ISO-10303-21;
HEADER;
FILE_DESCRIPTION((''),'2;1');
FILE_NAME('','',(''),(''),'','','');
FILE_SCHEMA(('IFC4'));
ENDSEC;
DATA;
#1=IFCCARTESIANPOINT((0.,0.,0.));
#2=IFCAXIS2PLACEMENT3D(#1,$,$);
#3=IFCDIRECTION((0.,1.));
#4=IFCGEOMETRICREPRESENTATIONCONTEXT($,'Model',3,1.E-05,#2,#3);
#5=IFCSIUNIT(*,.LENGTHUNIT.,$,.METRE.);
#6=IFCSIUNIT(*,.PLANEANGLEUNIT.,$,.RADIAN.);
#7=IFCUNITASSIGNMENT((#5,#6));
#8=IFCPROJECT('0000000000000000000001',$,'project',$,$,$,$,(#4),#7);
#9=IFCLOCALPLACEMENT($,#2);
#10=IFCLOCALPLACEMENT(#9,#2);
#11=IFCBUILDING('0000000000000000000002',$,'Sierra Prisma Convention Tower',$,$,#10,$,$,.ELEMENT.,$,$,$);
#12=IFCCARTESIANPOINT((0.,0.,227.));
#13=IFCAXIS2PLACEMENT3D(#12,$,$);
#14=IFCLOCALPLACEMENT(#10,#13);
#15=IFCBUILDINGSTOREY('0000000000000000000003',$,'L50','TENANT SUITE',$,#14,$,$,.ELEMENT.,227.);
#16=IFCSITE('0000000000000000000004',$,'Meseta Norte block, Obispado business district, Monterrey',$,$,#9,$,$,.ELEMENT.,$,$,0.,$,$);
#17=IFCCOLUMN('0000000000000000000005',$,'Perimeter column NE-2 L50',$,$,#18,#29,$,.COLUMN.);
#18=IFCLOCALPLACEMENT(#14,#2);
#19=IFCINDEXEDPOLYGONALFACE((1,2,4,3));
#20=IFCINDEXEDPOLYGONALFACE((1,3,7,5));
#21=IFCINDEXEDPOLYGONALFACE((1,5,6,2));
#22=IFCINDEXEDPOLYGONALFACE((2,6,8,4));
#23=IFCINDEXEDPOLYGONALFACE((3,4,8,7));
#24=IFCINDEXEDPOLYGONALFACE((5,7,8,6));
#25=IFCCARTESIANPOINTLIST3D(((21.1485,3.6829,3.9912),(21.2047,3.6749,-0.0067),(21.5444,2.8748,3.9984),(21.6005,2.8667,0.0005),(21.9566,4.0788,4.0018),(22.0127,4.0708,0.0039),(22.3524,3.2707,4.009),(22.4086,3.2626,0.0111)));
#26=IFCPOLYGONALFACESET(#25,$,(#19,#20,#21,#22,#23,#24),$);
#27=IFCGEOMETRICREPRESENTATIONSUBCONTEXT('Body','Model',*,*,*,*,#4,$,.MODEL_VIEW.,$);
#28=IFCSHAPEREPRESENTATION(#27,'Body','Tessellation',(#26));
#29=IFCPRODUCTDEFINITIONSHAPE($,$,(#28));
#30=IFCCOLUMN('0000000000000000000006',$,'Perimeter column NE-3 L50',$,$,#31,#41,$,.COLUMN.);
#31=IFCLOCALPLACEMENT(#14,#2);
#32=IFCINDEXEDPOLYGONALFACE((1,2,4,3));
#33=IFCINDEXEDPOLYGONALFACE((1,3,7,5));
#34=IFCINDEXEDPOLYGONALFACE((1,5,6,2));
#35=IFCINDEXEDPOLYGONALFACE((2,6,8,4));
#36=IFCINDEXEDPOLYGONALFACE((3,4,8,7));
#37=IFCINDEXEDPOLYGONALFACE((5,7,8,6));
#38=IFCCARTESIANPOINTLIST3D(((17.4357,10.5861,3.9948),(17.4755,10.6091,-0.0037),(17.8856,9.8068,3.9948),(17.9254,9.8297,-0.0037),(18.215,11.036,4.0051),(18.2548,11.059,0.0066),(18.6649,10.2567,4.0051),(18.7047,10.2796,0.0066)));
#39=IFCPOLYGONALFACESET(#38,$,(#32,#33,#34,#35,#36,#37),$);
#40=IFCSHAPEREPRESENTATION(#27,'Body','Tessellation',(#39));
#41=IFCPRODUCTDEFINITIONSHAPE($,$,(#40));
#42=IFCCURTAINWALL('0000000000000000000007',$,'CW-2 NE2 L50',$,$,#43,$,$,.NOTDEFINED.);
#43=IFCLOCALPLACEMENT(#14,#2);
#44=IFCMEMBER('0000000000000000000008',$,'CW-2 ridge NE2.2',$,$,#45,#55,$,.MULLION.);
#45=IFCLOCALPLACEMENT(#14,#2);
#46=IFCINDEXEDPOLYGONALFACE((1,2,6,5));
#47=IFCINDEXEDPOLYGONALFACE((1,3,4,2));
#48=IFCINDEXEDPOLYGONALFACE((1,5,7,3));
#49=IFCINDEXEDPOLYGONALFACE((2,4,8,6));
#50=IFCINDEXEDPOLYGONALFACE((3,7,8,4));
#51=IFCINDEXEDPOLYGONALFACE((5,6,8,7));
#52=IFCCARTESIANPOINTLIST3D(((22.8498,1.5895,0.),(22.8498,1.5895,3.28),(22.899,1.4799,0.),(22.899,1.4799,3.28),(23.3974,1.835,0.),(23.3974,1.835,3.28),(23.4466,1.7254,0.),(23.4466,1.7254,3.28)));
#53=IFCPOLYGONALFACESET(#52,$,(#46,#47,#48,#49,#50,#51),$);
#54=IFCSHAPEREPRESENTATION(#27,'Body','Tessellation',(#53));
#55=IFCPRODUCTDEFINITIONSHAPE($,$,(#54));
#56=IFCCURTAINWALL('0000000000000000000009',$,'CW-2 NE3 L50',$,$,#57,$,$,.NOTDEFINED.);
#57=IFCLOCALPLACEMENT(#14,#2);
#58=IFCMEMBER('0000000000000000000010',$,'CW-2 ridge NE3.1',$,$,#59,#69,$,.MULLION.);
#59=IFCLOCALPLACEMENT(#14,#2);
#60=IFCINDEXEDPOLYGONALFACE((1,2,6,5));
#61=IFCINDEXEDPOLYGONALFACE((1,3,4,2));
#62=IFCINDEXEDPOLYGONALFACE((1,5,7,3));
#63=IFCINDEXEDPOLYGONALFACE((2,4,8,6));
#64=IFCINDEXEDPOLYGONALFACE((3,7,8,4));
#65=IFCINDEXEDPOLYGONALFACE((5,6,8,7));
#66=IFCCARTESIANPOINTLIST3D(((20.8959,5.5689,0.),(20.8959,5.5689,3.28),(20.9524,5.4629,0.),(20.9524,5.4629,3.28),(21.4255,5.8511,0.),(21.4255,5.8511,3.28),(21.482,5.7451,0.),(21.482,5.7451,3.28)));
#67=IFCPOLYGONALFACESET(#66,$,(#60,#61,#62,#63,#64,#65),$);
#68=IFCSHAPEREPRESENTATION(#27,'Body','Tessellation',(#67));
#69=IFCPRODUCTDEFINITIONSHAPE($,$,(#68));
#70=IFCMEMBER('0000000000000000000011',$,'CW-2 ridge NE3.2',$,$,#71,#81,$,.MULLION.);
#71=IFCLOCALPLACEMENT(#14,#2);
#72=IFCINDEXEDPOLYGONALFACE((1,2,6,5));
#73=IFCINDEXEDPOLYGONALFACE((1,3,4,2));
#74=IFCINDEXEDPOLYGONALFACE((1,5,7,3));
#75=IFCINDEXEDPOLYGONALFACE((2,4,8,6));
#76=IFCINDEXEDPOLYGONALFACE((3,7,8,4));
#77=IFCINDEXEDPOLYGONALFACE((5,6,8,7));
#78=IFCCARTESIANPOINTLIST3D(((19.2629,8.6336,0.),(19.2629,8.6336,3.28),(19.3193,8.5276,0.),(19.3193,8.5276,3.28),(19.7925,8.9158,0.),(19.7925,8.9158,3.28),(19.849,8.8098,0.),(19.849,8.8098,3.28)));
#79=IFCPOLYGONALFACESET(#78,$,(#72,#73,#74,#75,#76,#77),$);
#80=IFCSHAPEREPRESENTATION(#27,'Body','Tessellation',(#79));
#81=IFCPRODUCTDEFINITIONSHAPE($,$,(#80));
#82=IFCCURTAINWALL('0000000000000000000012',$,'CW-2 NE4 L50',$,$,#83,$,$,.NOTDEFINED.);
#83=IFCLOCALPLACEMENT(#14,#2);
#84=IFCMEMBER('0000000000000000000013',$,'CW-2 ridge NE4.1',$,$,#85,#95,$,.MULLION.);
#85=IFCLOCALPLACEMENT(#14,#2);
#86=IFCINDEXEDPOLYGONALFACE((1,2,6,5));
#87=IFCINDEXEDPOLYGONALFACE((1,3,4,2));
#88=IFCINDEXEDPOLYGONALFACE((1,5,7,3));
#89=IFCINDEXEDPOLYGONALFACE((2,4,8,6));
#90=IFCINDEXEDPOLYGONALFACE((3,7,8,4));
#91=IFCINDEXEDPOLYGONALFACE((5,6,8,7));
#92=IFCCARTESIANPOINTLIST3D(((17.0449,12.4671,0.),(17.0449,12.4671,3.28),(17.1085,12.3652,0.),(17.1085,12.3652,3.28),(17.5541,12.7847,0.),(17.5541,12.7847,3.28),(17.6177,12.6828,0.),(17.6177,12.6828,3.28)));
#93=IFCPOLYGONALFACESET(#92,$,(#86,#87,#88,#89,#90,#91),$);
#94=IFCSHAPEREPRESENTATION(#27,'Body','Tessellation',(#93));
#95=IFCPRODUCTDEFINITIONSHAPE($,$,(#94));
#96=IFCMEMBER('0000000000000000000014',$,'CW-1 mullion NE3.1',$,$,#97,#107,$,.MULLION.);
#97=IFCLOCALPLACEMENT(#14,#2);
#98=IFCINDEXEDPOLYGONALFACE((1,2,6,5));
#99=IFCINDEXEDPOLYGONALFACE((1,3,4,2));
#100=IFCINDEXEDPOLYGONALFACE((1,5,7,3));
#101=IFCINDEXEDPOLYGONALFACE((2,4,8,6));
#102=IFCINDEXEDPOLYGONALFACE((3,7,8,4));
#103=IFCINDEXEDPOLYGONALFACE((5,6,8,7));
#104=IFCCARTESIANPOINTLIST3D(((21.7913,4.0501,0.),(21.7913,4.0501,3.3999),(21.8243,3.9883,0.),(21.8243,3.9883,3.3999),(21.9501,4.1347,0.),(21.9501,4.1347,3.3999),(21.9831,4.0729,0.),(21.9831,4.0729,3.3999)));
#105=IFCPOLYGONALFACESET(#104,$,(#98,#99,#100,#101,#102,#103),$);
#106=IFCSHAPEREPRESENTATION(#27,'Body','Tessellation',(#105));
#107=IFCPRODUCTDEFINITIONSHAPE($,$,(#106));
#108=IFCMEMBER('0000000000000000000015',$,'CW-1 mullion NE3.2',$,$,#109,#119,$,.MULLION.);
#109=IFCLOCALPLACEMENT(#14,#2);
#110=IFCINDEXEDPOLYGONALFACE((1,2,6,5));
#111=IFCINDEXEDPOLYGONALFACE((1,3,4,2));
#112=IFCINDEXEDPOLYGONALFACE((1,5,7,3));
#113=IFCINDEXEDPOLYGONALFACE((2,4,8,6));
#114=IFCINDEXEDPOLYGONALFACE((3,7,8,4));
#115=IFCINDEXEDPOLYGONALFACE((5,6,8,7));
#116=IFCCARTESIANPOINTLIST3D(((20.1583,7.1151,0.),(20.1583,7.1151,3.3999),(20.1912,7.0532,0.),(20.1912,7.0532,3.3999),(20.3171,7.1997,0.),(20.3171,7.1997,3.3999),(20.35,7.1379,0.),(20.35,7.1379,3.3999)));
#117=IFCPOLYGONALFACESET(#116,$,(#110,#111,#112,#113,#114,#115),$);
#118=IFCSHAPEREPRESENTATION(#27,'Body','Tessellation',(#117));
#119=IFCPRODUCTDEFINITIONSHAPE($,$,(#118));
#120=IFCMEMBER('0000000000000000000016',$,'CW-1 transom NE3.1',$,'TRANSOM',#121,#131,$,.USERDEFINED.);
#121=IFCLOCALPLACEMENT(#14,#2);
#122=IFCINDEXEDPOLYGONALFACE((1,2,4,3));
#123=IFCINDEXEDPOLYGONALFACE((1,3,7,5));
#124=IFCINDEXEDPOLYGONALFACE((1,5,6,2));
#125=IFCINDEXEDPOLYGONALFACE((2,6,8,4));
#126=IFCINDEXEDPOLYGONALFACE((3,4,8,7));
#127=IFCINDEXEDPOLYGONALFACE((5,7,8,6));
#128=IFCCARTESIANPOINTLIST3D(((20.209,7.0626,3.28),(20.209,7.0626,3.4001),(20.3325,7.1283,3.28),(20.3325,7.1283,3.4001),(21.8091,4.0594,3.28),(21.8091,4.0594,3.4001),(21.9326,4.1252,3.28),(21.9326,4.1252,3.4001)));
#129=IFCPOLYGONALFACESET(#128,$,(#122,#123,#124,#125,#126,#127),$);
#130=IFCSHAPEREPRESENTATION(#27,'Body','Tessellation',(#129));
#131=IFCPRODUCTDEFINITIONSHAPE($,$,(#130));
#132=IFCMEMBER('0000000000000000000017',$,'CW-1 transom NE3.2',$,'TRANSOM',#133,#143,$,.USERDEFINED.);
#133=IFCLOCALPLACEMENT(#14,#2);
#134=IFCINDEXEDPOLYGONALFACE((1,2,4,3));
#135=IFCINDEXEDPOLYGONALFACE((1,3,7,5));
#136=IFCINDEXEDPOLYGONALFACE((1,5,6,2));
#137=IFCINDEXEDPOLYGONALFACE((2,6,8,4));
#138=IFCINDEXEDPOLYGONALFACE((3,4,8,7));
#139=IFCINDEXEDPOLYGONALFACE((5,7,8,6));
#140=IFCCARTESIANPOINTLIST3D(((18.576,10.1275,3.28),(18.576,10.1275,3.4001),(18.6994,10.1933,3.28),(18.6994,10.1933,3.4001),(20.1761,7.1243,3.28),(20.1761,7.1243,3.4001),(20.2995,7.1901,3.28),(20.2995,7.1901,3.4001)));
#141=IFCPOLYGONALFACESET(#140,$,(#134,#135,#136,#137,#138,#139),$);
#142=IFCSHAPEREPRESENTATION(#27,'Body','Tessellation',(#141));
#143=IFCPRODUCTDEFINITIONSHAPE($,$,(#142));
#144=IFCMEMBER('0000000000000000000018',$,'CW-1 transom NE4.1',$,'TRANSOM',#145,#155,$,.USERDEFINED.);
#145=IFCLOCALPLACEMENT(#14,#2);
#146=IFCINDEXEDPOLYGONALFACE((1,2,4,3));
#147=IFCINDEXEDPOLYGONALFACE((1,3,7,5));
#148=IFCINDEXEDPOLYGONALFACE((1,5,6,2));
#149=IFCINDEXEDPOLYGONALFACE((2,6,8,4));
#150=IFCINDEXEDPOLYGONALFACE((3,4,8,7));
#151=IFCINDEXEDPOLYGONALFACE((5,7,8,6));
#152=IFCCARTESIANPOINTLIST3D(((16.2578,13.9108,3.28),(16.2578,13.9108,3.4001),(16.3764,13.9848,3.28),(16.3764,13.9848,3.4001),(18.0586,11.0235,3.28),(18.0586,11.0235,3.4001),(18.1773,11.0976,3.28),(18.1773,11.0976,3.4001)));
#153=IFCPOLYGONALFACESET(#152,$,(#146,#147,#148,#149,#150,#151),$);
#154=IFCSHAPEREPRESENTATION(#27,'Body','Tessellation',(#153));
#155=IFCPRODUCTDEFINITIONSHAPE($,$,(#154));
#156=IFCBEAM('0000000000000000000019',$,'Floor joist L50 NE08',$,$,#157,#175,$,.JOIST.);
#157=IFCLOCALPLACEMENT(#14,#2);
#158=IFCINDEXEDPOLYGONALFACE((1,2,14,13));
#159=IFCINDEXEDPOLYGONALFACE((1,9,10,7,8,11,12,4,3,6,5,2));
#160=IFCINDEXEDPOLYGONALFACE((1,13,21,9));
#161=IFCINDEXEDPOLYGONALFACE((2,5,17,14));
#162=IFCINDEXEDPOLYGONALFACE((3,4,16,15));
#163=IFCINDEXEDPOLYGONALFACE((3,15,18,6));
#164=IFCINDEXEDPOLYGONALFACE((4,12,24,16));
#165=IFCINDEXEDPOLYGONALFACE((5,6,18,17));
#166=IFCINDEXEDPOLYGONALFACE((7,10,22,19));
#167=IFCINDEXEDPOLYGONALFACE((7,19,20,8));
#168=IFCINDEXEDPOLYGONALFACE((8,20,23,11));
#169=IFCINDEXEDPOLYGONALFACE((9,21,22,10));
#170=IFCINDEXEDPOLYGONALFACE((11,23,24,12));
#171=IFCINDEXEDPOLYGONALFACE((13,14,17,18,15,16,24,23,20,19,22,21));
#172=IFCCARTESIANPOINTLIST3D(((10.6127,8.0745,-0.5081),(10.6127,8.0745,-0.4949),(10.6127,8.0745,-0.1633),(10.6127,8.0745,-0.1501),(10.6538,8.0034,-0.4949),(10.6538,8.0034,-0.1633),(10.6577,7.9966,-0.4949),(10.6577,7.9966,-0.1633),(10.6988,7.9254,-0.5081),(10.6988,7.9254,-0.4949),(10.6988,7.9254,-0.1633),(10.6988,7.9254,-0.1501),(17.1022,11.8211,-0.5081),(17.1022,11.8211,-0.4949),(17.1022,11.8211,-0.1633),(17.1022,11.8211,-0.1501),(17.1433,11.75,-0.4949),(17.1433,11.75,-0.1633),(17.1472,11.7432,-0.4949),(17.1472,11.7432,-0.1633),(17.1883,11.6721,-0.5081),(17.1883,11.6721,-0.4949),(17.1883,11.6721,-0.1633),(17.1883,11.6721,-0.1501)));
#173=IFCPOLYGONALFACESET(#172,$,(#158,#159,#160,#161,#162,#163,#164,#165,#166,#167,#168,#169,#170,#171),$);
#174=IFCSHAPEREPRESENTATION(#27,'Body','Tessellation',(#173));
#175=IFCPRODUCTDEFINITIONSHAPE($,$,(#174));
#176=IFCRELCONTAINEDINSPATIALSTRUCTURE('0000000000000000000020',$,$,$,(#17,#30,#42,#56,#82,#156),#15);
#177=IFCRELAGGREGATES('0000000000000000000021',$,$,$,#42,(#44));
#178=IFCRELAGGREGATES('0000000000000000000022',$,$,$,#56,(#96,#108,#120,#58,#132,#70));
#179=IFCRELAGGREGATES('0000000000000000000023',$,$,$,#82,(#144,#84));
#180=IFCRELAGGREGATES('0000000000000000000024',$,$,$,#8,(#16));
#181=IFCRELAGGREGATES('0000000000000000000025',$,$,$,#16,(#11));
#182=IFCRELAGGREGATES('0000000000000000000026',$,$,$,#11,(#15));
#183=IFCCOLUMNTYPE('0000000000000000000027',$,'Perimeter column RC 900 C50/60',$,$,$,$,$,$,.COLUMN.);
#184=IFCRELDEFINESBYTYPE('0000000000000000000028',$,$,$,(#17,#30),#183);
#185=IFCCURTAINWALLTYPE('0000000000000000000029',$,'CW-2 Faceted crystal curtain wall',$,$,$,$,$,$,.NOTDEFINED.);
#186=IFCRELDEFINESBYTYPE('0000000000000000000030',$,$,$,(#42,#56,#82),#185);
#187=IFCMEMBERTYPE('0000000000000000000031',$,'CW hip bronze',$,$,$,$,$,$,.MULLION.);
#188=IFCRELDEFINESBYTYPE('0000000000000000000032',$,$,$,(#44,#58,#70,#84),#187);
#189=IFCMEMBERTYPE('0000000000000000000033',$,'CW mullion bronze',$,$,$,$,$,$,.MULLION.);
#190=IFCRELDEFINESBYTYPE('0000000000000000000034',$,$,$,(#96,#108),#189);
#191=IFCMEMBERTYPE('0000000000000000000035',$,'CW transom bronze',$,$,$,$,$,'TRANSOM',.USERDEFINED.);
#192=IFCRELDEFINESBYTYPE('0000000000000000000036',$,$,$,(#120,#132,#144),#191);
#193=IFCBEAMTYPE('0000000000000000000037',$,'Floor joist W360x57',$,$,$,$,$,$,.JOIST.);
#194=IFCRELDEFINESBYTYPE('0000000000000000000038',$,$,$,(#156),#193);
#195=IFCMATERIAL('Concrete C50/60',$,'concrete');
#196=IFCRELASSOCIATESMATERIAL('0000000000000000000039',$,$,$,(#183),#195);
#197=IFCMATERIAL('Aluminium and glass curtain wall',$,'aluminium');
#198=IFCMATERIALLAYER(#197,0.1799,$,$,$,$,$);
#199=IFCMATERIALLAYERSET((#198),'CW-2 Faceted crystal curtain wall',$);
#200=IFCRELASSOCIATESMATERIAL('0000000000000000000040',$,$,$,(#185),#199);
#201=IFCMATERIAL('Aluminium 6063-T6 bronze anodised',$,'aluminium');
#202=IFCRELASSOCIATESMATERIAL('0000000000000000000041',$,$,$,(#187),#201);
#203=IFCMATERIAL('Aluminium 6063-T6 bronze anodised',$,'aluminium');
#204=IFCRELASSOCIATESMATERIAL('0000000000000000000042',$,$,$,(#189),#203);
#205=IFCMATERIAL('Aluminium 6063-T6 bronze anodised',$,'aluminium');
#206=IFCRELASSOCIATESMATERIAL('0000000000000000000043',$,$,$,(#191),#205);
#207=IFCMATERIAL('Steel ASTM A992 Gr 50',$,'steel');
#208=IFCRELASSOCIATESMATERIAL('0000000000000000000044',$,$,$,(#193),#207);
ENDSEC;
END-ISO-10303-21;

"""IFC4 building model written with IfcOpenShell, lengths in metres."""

from ifc_helpers import new_model, si_unit, direction, frame, origin, origin_2d, place, context, subcontext, project, spatial, rectangle, i_section, extrude, clip, halfspace, material, layer, layer_set, material_profile, profile_set, type_object, element, aggregate, save


model = new_model("IFC4")

# Units and contexts
model_context = context("Model", 3, precision=1e-05, world=origin(), true_north=direction((0.0, 1.0)))
body_context = subcontext(model_context, "Body", "Model", "MODEL_VIEW")
ifc_project = project(units=[si_unit("LENGTHUNIT", "METRE"), si_unit("PLANEANGLEUNIT", "RADIAN")], contexts=[model_context])

# Site, building, storey
site_placement = place(None, origin())
site = spatial("IfcSite", under=ifc_project, at=site_placement, Name="Meseta Norte block, Obispado business district, Monterrey", CompositionType="ELEMENT", RefElevation=0.0)
building_placement = place(site_placement, origin())
building = spatial("IfcBuilding", under=site, at=building_placement, Name="Sierra Prisma Convention Tower", CompositionType="ELEMENT")
storey_placement = place(building_placement, frame((0.0, 0.0, 227.0)))
storey = spatial("IfcBuildingStorey", under=building, at=storey_placement, Name="L50", Description="TENANT SUITE", CompositionType="ELEMENT", Elevation=227.0)

# Columns
ifc_material_1 = material(Name="Concrete C50/60", Category="concrete")
ifc_material_profile_1 = material_profile(ifc_material_1, rectangle(XDim=0.8999, YDim=0.8999, at=origin_2d()), Name="Perimeter column RC 900 C50/60")
ifc_profile_set_1 = profile_set([ifc_material_profile_1], Name="Concrete C50/60")
column_type = type_object("IfcColumnType", Name="Perimeter column RC 900 C50/60", PredefinedType="COLUMN", material=ifc_profile_set_1)
column_1_placement = place(storey_placement, frame((21.8066, 3.4688, 0.0), z_axis=(-0.014037, 0.002014, 0.999899), x_axis=(-0.439871, 0.898026, -0.007984)))
element("IfcColumn", 1, at=column_1_placement, inside=storey, type_object=column_type, Name="Perimeter column NE-2 L50", PredefinedType="COLUMN", context=body_context, shape_type="SweptSolid", body=[
    clip(extrude(rectangle(XDim=0.8999, YDim=0.8999, at=origin_2d()), origin(), (0.0, 0.0, 1.0), 4.0005), halfspace(frame((0.0, 0.0, 0.0022)), True)),
])
column_2_placement = place(storey_placement, frame((18.0901, 10.4443, 0.0), z_axis=(-0.009948, -0.005737, 0.999934), x_axis=(-0.499975, 0.86604, -0.000005)))
element("IfcColumn", 2, at=column_2_placement, inside=storey, type_object=column_type, Name="Perimeter column NE-3 L50", PredefinedType="COLUMN", context=body_context, shape_type="SweptSolid", body=[
    clip(extrude(rectangle(XDim=0.8999, YDim=0.8999, at=origin_2d()), origin(), (0.0, 0.0, 1.0), 4.0002), halfspace(frame((0.0, 0.0, 0.0015)), True)),
])

# Curtain wall, member
ifc_material_2 = material(Name="Aluminium and glass curtain wall", Category="aluminium")
ifc_layer_1 = layer(ifc_material_2, 0.1799)
ifc_layer_set_1 = layer_set([ifc_layer_1], Name="CW-2 Faceted crystal curtain wall")
curtain_wall_type = type_object("IfcCurtainWallType", Name="CW-2 Faceted crystal curtain wall", PredefinedType="NOTDEFINED", material=ifc_layer_set_1)
curtain_wall_1_placement = place(storey_placement, origin())
curtain_wall_1 = element("IfcCurtainWall", 3, at=curtain_wall_1_placement, inside=storey, type_object=curtain_wall_type, Name="CW-2 NE2 L50", PredefinedType="NOTDEFINED")
ifc_material_3 = material(Name="Aluminium 6063-T6 bronze anodised", Category="aluminium")
ifc_material_profile_2 = material_profile(ifc_material_3, rectangle(XDim=0.1201, YDim=0.6001, at=origin_2d()), Name="ALU RIDGE BLADE 120x600")
ifc_profile_set_2 = profile_set([ifc_material_profile_2], Name="Aluminium 6063-T6 bronze anodised")
member_type_1 = type_object("IfcMemberType", Name="CW hip bronze", PredefinedType="MULLION", material=ifc_profile_set_2)
member_1_placement = place(storey_placement, frame((23.1482, 1.6575, 0.0), z_axis=(0.0, 0.0, 1.0), x_axis=(-0.409089, 0.912494, 0.0)))
member_1 = element("IfcMember", 4, at=member_1_placement, type_object=member_type_1, Name="CW-2 ridge NE2.2", PredefinedType="MULLION", context=body_context, shape_type="SweptSolid", body=[
    extrude(rectangle(XDim=0.1201, YDim=0.6001, at=origin_2d()), origin(), (0.0, 0.0, 1.0), 3.28),
])

# Curtain wall, members
curtain_wall_2_placement = place(storey_placement, origin())
curtain_wall_2 = element("IfcCurtainWall", 5, at=curtain_wall_2_placement, inside=storey, type_object=curtain_wall_type, Name="CW-2 NE3 L50", PredefinedType="NOTDEFINED")
member_2_placement = place(storey_placement, frame((21.189, 5.657, 0.0), z_axis=(0.0, 0.0, 1.0), x_axis=(-0.47023, 0.882544, 0.0)))
member_2 = element("IfcMember", 6, at=member_2_placement, type_object=member_type_1, Name="CW-2 ridge NE3.1", PredefinedType="MULLION", context=body_context, shape_type="SweptSolid", body=[
    extrude(rectangle(XDim=0.1201, YDim=0.6001, at=origin_2d()), origin(), (0.0, 0.0, 1.0), 3.28),
])
member_3_placement = place(storey_placement, frame((19.5559, 8.7217, 0.0), z_axis=(0.0, 0.0, 1.0), x_axis=(-0.47023, 0.882544, 0.0)))
member_3 = element("IfcMember", 7, at=member_3_placement, type_object=member_type_1, Name="CW-2 ridge NE3.2", PredefinedType="MULLION", context=body_context, shape_type="SweptSolid", body=[
    extrude(rectangle(XDim=0.1201, YDim=0.6001, at=origin_2d()), origin(), (0.0, 0.0, 1.0), 3.28),
])

# Curtain wall, member
curtain_wall_3_placement = place(storey_placement, origin())
curtain_wall_3 = element("IfcCurtainWall", 8, at=curtain_wall_3_placement, inside=storey, type_object=curtain_wall_type, Name="CW-2 NE4 L50", PredefinedType="NOTDEFINED")
member_4_placement = place(storey_placement, frame((17.3313, 12.575, 0.0), z_axis=(0.0, 0.0, 1.0), x_axis=(-0.529191, 0.848503, 0.0)))
member_4 = element("IfcMember", 9, at=member_4_placement, type_object=member_type_1, Name="CW-2 ridge NE4.1", PredefinedType="MULLION", context=body_context, shape_type="SweptSolid", body=[
    extrude(rectangle(XDim=0.1201, YDim=0.6001, at=origin_2d()), origin(), (0.0, 0.0, 1.0), 3.28),
])

# Members
ifc_material_4 = material(Name="Aluminium 6063-T6 bronze anodised", Category="aluminium")
ifc_material_profile_3 = material_profile(ifc_material_4, rectangle(XDim=0.1799, YDim=0.0701, at=origin_2d()), Name="ALU MULLION 70x180")
ifc_profile_set_3 = profile_set([ifc_material_profile_3], Name="Aluminium 6063-T6 bronze anodised")
member_type_2 = type_object("IfcMemberType", Name="CW mullion bronze", PredefinedType="MULLION", material=ifc_profile_set_3)
member_5_placement = place(storey_placement, frame((21.8872, 4.0615, 0.0), z_axis=(0.0, 0.0, 1.0), x_axis=(-0.882544, -0.47023, 0.0)))
member_5 = element("IfcMember", 10, at=member_5_placement, type_object=member_type_2, Name="CW-1 mullion NE3.1", PredefinedType="MULLION", context=body_context, shape_type="SweptSolid", body=[
    extrude(rectangle(XDim=0.1799, YDim=0.0701, at=origin_2d()), origin(), (0.0, 0.0, 1.0), 3.3999),
])
member_6_placement = place(storey_placement, frame((20.2542, 7.1265, 0.0), z_axis=(0.0, 0.0, 1.0), x_axis=(-0.882544, -0.47023, 0.0)))
member_6 = element("IfcMember", 11, at=member_6_placement, type_object=member_type_2, Name="CW-1 mullion NE3.2", PredefinedType="MULLION", context=body_context, shape_type="SweptSolid", body=[
    extrude(rectangle(XDim=0.1799, YDim=0.0701, at=origin_2d()), origin(), (0.0, 0.0, 1.0), 3.3999),
])
ifc_material_5 = material(Name="Aluminium 6063-T6 bronze anodised", Category="aluminium")
ifc_material_profile_4 = material_profile(ifc_material_5, rectangle(XDim=0.1399, YDim=0.1201, at=origin_2d()), Name="ALU TRANSOM 120x140")
ifc_profile_set_4 = profile_set([ifc_material_profile_4], Name="Aluminium 6063-T6 bronze anodised")
member_type_3 = type_object("IfcMemberType", Name="CW transom bronze", ElementType="TRANSOM", PredefinedType="USERDEFINED", material=ifc_profile_set_4)
member_7_placement = place(storey_placement, frame((21.8708, 4.0923, 3.3401), z_axis=(-0.470223, 0.882547, 0.0), x_axis=(-0.882547, -0.470223, 0.0)))
member_7 = element("IfcMember", 12, at=member_7_placement, type_object=member_type_3, Name="CW-1 transom NE3.1", ObjectType="TRANSOM", PredefinedType="USERDEFINED", context=body_context, shape_type="SweptSolid", body=[
    extrude(rectangle(XDim=0.1399, YDim=0.1201, at=origin_2d()), origin(), (0.0, 0.0, 1.0), 3.4028),
])
member_8_placement = place(storey_placement, frame((20.2378, 7.1572, 3.3401), z_axis=(-0.470223, 0.882547, 0.0), x_axis=(-0.882547, -0.470223, 0.0)))
member_8 = element("IfcMember", 13, at=member_8_placement, type_object=member_type_3, Name="CW-1 transom NE3.2", ObjectType="TRANSOM", PredefinedType="USERDEFINED", context=body_context, shape_type="SweptSolid", body=[
    extrude(rectangle(XDim=0.1399, YDim=0.1201, at=origin_2d()), origin(), (0.0, 0.0, 1.0), 3.4028),
])
member_9_placement = place(storey_placement, frame((18.1179, 11.0605, 3.3401), z_axis=(-0.529212, 0.84849, 0.0), x_axis=(-0.84849, -0.529212, 0.0)))
member_9 = element("IfcMember", 14, at=member_9_placement, type_object=member_type_3, Name="CW-1 transom NE4.1", ObjectType="TRANSOM", PredefinedType="USERDEFINED", context=body_context, shape_type="SweptSolid", body=[
    extrude(rectangle(XDim=0.1399, YDim=0.1201, at=origin_2d()), origin(), (0.0, 0.0, 1.0), 3.4028),
])

# Beam
ifc_material_6 = material(Name="Steel ASTM A992 Gr 50", Category="steel")
ifc_material_profile_5 = material_profile(ifc_material_6, i_section(OverallWidth=0.1721, OverallDepth=0.3579, WebThickness=0.0078, FlangeThickness=0.0132, at=origin_2d()), Name="W360x57")
ifc_profile_set_5 = profile_set([ifc_material_profile_5], Name="Steel ASTM A992 Gr 50")
beam_type_1 = type_object("IfcBeamType", Name="Floor joist W360x57", PredefinedType="JOIST", material=ifc_profile_set_5)
beam_1_placement = place(storey_placement, frame((17.1453, 11.7466, -0.3291), z_axis=(-0.866033, -0.499987, 0.0), x_axis=(0.499987, -0.866033, 0.0)))
element("IfcBeam", 15, at=beam_1_placement, inside=storey, type_object=beam_type_1, Name="Floor joist L50 NE08", PredefinedType="JOIST", context=body_context, shape_type="SweptSolid", body=[
    extrude(i_section(OverallWidth=0.1721, OverallDepth=0.3579, WebThickness=0.0078, FlangeThickness=0.0132, at=origin_2d()), origin(), (0.0, 0.0, 1.0), 7.4934),
])

aggregate(curtain_wall_1, [member_1])
aggregate(curtain_wall_2, [member_5, member_6, member_7, member_2, member_8, member_3])
aggregate(curtain_wall_3, [member_9, member_4])

save(model, "model.ifc")
